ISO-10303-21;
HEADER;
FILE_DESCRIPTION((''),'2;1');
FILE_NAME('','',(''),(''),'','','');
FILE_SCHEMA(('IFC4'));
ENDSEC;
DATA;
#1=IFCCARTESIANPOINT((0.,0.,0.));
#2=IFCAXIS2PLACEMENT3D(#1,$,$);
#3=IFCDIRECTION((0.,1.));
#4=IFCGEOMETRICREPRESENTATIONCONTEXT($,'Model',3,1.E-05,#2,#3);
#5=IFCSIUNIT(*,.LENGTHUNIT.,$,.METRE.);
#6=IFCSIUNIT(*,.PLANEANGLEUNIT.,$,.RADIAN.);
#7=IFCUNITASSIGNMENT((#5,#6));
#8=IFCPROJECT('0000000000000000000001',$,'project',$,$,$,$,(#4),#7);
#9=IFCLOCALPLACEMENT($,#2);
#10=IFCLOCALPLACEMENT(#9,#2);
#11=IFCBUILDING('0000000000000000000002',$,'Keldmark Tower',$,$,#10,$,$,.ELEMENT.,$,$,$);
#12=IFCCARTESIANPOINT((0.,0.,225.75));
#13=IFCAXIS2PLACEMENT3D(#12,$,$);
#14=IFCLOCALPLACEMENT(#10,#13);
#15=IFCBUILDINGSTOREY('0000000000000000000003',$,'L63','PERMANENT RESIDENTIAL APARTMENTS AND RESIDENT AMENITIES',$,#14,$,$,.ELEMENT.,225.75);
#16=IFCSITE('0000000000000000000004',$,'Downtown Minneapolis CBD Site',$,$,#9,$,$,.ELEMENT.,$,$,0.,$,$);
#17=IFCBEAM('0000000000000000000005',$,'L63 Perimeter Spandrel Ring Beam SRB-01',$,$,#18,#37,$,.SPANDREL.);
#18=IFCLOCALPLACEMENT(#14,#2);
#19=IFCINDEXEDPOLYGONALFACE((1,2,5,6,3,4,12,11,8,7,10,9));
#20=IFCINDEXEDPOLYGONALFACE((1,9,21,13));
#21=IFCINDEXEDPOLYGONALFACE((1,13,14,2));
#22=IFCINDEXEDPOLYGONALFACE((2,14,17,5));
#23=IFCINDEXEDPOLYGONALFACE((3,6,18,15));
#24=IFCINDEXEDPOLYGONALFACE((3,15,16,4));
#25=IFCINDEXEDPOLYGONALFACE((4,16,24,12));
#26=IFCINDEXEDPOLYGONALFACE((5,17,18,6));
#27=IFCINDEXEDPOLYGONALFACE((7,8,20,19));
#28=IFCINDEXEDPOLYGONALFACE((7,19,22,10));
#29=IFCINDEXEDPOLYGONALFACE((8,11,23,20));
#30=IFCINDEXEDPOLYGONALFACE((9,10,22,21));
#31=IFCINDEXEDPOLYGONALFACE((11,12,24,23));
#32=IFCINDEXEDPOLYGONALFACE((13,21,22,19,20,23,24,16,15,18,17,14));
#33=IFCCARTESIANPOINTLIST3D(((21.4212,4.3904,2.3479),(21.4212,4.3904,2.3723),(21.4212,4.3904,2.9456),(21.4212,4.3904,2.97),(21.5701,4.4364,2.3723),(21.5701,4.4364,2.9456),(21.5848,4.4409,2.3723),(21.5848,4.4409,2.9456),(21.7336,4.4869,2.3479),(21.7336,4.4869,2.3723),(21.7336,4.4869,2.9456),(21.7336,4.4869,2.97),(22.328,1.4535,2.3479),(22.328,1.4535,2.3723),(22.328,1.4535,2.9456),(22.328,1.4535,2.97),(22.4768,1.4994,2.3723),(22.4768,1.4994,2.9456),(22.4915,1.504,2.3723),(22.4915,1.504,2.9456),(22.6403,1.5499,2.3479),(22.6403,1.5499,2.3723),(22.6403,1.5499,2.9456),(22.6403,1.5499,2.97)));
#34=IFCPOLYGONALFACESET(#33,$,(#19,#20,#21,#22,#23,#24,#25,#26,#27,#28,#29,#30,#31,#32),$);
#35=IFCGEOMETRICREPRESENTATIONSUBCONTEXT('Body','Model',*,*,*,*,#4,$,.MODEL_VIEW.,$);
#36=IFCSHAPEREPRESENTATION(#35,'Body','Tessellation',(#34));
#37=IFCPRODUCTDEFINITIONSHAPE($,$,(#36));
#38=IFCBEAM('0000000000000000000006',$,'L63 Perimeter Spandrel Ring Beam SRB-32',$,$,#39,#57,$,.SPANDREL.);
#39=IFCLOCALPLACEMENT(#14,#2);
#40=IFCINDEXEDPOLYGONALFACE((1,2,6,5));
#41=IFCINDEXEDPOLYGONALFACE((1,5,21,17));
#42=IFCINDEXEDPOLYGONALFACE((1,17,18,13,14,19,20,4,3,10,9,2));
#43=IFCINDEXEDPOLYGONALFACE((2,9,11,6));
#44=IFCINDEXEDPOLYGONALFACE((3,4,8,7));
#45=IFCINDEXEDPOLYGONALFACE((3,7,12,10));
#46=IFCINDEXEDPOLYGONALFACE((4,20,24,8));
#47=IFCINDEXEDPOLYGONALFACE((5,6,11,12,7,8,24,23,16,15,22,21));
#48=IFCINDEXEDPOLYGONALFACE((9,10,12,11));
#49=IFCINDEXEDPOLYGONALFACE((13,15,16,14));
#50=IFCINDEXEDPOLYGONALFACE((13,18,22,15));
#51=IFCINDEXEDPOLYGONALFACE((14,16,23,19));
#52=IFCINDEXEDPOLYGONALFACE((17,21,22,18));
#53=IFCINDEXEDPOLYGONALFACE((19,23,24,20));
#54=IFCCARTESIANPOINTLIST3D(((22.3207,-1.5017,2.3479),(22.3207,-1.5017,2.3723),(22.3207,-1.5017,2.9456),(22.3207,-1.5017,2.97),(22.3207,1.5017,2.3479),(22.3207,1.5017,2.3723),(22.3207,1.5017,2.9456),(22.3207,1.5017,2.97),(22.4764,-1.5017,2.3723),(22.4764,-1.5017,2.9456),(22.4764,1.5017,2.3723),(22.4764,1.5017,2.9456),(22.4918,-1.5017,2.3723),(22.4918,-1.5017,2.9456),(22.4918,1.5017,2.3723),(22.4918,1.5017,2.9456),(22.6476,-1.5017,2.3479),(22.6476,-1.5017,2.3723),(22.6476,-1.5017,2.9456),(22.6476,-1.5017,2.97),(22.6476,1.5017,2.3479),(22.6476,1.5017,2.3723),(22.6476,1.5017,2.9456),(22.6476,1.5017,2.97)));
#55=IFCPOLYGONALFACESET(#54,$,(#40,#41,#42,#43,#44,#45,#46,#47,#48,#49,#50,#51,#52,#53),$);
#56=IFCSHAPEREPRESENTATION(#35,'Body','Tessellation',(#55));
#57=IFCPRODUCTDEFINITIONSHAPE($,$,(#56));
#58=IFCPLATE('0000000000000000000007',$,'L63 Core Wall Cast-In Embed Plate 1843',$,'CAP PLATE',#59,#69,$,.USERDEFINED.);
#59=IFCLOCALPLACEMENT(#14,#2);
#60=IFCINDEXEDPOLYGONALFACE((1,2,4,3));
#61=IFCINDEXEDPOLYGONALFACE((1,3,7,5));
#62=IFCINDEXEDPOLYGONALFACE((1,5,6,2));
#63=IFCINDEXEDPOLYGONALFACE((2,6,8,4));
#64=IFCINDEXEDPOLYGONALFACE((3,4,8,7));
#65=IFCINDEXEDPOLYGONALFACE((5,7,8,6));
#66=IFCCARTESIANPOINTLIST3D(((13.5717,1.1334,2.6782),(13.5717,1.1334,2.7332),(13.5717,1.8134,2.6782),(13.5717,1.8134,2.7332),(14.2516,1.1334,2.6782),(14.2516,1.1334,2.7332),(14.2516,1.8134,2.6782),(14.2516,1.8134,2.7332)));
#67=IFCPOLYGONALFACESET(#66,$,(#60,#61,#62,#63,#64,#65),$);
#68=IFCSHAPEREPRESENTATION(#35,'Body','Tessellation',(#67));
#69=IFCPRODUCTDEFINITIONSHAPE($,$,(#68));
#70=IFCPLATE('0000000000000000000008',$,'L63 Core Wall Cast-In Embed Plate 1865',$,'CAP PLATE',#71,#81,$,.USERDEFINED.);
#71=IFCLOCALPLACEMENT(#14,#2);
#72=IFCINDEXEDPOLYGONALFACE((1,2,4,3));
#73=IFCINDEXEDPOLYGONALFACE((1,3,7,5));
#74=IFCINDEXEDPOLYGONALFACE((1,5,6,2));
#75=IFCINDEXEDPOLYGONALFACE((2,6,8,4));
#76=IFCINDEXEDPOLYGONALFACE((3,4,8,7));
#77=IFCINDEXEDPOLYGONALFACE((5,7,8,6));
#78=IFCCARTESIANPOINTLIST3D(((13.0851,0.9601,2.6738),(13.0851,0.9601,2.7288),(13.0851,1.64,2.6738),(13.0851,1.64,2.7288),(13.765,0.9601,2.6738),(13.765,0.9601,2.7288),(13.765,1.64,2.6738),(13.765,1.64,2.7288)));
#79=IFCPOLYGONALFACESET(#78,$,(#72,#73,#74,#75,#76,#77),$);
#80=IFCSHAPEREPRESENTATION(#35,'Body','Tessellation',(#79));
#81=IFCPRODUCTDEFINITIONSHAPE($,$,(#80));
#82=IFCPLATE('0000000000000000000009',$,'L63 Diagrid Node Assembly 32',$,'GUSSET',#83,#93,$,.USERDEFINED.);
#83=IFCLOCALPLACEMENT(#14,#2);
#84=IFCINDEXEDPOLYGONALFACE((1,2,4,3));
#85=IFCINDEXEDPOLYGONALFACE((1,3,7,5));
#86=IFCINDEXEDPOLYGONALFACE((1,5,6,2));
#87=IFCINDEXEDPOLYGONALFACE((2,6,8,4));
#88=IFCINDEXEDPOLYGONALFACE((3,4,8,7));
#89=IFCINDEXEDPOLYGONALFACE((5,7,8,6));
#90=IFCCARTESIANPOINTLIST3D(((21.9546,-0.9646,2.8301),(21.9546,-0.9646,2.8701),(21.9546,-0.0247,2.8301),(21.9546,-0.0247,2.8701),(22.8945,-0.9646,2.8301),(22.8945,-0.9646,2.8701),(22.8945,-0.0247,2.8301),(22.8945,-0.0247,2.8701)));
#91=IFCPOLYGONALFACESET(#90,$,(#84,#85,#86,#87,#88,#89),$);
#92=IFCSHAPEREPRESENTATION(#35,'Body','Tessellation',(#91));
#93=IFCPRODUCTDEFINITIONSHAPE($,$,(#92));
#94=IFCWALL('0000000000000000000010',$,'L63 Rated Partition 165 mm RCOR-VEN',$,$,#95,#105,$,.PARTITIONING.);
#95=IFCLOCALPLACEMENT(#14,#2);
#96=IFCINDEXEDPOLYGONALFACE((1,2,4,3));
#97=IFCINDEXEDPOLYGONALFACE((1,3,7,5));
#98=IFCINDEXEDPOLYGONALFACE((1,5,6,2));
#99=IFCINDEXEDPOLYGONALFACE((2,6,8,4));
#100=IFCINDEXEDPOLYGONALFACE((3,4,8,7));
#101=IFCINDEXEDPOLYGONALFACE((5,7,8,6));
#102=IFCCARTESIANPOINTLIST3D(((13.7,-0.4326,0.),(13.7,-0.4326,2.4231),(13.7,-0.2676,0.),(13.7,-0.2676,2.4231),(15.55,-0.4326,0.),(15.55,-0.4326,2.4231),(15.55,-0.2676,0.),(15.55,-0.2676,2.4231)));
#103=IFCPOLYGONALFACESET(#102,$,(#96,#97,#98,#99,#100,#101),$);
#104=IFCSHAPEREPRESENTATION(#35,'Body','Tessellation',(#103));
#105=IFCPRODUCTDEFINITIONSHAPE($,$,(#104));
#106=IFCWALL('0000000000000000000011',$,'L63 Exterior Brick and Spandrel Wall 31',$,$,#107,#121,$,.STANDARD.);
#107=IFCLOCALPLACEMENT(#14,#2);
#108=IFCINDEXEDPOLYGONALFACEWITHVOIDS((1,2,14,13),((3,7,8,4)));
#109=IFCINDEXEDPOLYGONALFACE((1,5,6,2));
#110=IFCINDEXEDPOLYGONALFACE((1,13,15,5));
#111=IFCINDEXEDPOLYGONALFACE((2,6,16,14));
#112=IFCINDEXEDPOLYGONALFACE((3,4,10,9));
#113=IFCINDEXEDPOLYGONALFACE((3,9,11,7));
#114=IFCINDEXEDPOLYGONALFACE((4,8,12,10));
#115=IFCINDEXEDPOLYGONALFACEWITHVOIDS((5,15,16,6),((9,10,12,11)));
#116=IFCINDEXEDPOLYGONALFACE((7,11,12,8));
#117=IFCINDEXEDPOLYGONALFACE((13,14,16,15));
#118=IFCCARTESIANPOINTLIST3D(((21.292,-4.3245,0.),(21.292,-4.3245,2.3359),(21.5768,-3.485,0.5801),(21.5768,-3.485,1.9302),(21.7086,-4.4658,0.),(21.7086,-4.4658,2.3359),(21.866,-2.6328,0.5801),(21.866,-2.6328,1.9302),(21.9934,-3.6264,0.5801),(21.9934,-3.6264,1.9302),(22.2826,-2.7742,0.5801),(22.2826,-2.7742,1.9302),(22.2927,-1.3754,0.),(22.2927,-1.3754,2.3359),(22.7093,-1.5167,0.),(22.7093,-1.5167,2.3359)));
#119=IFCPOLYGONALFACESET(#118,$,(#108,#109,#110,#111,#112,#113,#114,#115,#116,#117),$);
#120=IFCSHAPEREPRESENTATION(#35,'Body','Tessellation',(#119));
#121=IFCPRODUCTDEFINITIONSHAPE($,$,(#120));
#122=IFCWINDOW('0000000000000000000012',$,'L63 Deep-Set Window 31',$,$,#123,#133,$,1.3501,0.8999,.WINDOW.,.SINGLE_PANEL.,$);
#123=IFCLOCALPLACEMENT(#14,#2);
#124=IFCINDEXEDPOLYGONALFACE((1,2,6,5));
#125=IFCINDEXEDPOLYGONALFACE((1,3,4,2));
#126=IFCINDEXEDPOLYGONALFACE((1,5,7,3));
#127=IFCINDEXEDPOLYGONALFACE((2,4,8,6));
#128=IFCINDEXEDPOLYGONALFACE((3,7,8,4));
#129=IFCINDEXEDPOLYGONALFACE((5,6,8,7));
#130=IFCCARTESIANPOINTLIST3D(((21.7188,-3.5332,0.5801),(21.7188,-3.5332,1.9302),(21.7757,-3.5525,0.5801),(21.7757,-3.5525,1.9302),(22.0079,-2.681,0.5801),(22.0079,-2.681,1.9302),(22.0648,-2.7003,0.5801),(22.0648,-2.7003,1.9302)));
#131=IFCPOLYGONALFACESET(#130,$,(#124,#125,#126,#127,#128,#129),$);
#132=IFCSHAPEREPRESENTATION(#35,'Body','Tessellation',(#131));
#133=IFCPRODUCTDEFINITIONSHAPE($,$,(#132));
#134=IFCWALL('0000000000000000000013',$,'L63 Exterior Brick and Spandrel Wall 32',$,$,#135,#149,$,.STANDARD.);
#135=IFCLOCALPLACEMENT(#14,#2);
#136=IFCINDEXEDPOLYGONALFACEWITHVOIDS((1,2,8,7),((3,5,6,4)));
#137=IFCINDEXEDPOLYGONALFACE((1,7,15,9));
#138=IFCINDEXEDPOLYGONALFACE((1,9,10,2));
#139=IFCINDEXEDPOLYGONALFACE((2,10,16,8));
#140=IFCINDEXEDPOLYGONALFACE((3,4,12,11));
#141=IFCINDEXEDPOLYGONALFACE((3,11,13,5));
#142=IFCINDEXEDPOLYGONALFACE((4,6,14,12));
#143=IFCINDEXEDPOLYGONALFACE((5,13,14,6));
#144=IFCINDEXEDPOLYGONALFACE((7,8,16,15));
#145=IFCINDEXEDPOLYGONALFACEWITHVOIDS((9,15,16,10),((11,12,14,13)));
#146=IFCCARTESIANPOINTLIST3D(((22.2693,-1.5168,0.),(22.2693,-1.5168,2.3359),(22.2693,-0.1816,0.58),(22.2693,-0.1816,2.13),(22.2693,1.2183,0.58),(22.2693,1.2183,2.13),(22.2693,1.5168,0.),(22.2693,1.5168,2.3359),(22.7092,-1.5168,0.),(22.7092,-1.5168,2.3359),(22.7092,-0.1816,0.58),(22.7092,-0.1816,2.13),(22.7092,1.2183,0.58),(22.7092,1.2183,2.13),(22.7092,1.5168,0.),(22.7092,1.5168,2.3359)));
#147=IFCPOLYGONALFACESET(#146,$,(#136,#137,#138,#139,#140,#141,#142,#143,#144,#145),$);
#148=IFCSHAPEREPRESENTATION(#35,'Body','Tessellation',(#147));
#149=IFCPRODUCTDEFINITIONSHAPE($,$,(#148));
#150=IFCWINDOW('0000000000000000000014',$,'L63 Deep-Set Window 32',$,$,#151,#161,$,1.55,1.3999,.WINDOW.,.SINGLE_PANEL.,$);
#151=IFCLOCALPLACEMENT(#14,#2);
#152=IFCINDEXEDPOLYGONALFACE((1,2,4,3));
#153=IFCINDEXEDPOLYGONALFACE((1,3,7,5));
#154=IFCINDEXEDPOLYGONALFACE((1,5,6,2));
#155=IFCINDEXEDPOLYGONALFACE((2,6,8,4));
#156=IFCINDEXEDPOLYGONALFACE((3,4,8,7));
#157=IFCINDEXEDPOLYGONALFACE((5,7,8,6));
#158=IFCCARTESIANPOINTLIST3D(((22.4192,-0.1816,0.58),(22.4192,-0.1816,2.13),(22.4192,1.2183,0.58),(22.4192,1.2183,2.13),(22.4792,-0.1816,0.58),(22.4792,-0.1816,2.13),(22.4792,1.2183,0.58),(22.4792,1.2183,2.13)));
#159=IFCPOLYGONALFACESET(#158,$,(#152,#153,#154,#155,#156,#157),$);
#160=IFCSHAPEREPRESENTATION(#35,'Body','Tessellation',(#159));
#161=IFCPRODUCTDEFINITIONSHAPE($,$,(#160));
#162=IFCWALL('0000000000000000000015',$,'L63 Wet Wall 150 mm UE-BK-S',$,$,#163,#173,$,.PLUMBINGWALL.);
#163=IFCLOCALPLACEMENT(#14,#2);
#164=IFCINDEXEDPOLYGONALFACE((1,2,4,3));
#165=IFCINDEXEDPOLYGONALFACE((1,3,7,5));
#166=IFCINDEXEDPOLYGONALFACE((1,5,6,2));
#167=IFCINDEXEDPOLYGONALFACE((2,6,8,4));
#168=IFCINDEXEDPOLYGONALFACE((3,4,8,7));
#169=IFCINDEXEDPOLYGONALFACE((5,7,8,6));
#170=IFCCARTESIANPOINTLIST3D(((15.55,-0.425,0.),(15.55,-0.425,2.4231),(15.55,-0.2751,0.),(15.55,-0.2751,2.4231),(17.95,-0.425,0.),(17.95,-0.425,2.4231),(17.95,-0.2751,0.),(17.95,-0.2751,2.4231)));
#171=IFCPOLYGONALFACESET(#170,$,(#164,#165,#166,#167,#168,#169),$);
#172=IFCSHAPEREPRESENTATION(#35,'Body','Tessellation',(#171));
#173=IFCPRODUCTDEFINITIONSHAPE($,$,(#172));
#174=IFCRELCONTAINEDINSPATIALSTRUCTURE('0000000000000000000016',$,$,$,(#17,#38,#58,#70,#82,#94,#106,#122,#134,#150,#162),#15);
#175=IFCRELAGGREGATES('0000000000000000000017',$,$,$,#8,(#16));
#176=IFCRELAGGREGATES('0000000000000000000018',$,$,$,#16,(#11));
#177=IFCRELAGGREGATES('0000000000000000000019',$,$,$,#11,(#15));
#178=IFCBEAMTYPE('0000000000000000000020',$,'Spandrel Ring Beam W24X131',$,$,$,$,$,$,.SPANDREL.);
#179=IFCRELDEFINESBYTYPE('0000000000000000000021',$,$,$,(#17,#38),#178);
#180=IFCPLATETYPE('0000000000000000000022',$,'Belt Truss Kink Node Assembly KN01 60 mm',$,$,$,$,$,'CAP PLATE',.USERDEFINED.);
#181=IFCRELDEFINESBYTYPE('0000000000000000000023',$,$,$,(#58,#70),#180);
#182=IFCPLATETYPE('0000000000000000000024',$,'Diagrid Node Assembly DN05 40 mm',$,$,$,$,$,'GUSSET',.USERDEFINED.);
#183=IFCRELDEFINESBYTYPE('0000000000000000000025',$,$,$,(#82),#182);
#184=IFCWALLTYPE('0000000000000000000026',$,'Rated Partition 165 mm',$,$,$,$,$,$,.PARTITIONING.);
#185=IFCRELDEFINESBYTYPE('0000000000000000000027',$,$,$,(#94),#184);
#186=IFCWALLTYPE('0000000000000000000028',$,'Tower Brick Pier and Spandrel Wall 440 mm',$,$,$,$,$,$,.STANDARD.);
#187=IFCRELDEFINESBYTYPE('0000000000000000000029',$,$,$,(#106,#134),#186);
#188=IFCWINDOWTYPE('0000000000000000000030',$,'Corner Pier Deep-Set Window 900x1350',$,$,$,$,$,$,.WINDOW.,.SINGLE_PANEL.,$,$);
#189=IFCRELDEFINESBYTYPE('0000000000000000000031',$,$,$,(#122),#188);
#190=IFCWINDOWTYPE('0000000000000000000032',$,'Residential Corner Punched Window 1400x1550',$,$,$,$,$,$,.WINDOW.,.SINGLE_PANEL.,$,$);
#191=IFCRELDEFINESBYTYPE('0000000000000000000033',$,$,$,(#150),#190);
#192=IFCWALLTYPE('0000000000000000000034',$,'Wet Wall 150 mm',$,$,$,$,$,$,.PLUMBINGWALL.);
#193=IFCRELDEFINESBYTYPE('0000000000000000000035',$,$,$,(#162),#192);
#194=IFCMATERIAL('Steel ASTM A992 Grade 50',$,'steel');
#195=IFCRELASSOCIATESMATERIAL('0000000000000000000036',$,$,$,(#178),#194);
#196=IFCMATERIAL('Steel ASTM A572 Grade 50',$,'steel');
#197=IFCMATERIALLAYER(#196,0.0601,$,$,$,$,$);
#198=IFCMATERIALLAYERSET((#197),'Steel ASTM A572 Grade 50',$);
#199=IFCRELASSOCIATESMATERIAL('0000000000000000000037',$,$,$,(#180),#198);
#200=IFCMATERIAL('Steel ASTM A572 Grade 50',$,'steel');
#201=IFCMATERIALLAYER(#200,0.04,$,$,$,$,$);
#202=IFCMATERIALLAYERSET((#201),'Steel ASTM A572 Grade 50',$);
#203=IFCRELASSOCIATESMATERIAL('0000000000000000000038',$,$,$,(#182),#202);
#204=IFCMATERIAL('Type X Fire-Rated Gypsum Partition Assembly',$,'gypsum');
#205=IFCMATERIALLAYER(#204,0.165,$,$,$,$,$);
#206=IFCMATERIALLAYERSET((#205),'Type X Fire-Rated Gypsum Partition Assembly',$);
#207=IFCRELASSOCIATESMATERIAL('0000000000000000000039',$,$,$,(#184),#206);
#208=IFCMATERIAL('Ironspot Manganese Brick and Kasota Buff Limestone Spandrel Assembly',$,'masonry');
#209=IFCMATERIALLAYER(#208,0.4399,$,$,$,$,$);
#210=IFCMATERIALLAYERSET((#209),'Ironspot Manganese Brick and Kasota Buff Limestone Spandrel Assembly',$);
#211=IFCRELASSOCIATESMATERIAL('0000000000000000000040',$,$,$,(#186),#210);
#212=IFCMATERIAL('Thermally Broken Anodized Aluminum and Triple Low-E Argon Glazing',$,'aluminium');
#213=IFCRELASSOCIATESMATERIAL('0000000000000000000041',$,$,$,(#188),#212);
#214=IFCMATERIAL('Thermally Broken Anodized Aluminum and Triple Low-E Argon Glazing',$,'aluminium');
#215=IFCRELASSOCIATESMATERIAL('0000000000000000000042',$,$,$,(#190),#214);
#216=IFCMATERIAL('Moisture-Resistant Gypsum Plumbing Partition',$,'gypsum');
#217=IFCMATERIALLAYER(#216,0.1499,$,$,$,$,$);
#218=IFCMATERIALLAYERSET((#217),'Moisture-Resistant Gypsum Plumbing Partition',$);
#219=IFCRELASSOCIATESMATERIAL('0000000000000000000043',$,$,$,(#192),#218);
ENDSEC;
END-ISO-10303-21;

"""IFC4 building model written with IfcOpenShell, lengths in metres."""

from ifc_helpers import new_model, si_unit, direction, frame, frame_2d, origin, origin_2d, place, context, subcontext, project, spatial, rectangle, i_section, extrude, material, layer, layer_set, material_profile, profile_set, type_object, element, fill, save


model = new_model("IFC4")

# Units and contexts
model_context = context("Model", 3, precision=1e-05, world=origin(), true_north=direction((0.0, 1.0)))
body_context = subcontext(model_context, "Body", "Model", "MODEL_VIEW")
ifc_project = project(units=[si_unit("LENGTHUNIT", "METRE"), si_unit("PLANEANGLEUNIT", "RADIAN")], contexts=[model_context])

# Site, building, storey
site_placement = place(None, origin())
site = spatial("IfcSite", under=ifc_project, at=site_placement, Name="Downtown Minneapolis CBD Site", CompositionType="ELEMENT", RefElevation=0.0)
building_placement = place(site_placement, origin())
building = spatial("IfcBuilding", under=site, at=building_placement, Name="Keldmark Tower", CompositionType="ELEMENT")
storey_placement = place(building_placement, frame((0.0, 0.0, 225.75)))
storey = spatial("IfcBuildingStorey", under=building, at=storey_placement, Name="L63", Description="PERMANENT RESIDENTIAL APARTMENTS AND RESIDENT AMENITIES", CompositionType="ELEMENT", Elevation=225.75)

# Beams
ifc_material_1 = material(Name="Steel ASTM A992 Grade 50", Category="steel")
ifc_material_profile_1 = material_profile(ifc_material_1, i_section(OverallWidth=0.3269, OverallDepth=0.6221, WebThickness=0.0154, FlangeThickness=0.0244, at=origin_2d()), Name="W24X131")
ifc_profile_set_1 = profile_set([ifc_material_profile_1], Name="Steel ASTM A992 Grade 50")
beam_type_1 = type_object("IfcBeamType", Name="Spandrel Ring Beam W24X131", PredefinedType="SPANDREL", material=ifc_profile_set_1)
beam_1_placement = place(storey_placement, frame((22.4841, 1.5017, 2.6589), z_axis=(-0.29499, 0.9555, 0.0), x_axis=(-0.9555, -0.29499, 0.0)))
element("IfcBeam", 1, at=beam_1_placement, inside=storey, type_object=beam_type_1, Name="L63 Perimeter Spandrel Ring Beam SRB-01", PredefinedType="SPANDREL", context=body_context, shape_type="SweptSolid", body=[
    extrude(i_section(OverallWidth=0.3269, OverallDepth=0.6221, WebThickness=0.0154, FlangeThickness=0.0244, at=origin_2d()), origin(), (0.0, 0.0, 1.0), 3.0737),
])
beam_2_placement = place(storey_placement, frame((22.4841, -1.5017, 2.6589), z_axis=(0.0, 1.0, 0.0), x_axis=(-1.0, 0.0, 0.0)))
element("IfcBeam", 2, at=beam_2_placement, inside=storey, type_object=beam_type_1, Name="L63 Perimeter Spandrel Ring Beam SRB-32", PredefinedType="SPANDREL", context=body_context, shape_type="SweptSolid", body=[
    extrude(i_section(OverallWidth=0.3269, OverallDepth=0.6221, WebThickness=0.0154, FlangeThickness=0.0244, at=origin_2d()), origin(), (0.0, 0.0, 1.0), 3.0034),
])

# Plates
ifc_material_2 = material(Name="Steel ASTM A572 Grade 50", Category="steel")
ifc_layer_1 = layer(ifc_material_2, 0.0601)
ifc_layer_set_1 = layer_set([ifc_layer_1], Name="Steel ASTM A572 Grade 50")
plate_type_1 = type_object("IfcPlateType", Name="Belt Truss Kink Node Assembly KN01 60 mm", ElementType="CAP PLATE", PredefinedType="USERDEFINED", material=ifc_layer_set_1)
for number, where, z_axis, x_axis, name in (
    (3, (13.9116, 1.4734, 2.6782), (0.0, 0.0, 1.0), (1.0, 0.0, 0.0), "L63 Core Wall Cast-In Embed Plate 1843"),
    (4, (13.425, 1.3, 2.6738), (0.0, 0.0, 1.0), (1.0, 0.0, 0.0), "L63 Core Wall Cast-In Embed Plate 1865"),
):
    element("IfcPlate", number, at=place(storey_placement, frame(where, z_axis=z_axis, x_axis=x_axis)), inside=storey, type_object=plate_type_1, Name=name, ObjectType="CAP PLATE", PredefinedType="USERDEFINED", context=body_context, shape_type="SweptSolid", body=[
        extrude(rectangle(XDim=0.6799, YDim=0.6799, at=origin_2d()), origin(), (0.0, 0.0, 1.0), 0.0549),
    ])
ifc_material_3 = material(Name="Steel ASTM A572 Grade 50", Category="steel")
ifc_layer_2 = layer(ifc_material_3, 0.04)
ifc_layer_set_2 = layer_set([ifc_layer_2], Name="Steel ASTM A572 Grade 50")
plate_type_2 = type_object("IfcPlateType", Name="Diagrid Node Assembly DN05 40 mm", ElementType="GUSSET", PredefinedType="USERDEFINED", material=ifc_layer_set_2)
plate_placement = place(storey_placement, frame((22.4246, -0.4946, 2.8301), z_axis=(0.0, 0.0, 1.0), x_axis=(0.0, 1.0, 0.0)))
element("IfcPlate", 5, at=plate_placement, inside=storey, type_object=plate_type_2, Name="L63 Diagrid Node Assembly 32", ObjectType="GUSSET", PredefinedType="USERDEFINED", context=body_context, shape_type="SweptSolid", body=[
    extrude(rectangle(XDim=0.9399, YDim=0.9399, at=origin_2d()), origin(), (0.0, 0.0, 1.0), 0.04),
])

# Shared definitions
ifc_material_4 = material(Name="Type X Fire-Rated Gypsum Partition Assembly", Category="gypsum")
ifc_layer_3 = layer(ifc_material_4, 0.165)
ifc_layer_set_3 = layer_set([ifc_layer_3], Name="Type X Fire-Rated Gypsum Partition Assembly")
wall_type_1 = type_object("IfcWallType", Name="Rated Partition 165 mm", PredefinedType="PARTITIONING", material=ifc_layer_set_3)

# Wall
wall_1_placement = place(storey_placement, frame((13.7, -0.3501, 0.0), z_axis=(0.0, 0.0, 1.0), x_axis=(1.0, 0.0, 0.0)))
element("IfcWall", 6, at=wall_1_placement, inside=storey, type_object=wall_type_1, Name="L63 Rated Partition 165 mm RCOR-VEN", PredefinedType="PARTITIONING", context=body_context, shape_type="SweptSolid", body=[
    extrude(rectangle(XDim=1.8501, YDim=0.165, at=frame_2d((0.925, 0.0))), origin(), (0.0, 0.0, 1.0), 2.4231),
])

# Walls, openings, windows
ifc_material_5 = material(Name="Ironspot Manganese Brick and Kasota Buff Limestone Spandrel Assembly", Category="masonry")
ifc_layer_4 = layer(ifc_material_5, 0.4399)
ifc_layer_set_4 = layer_set([ifc_layer_4], Name="Ironspot Manganese Brick and Kasota Buff Limestone Spandrel Assembly")
wall_type_2 = type_object("IfcWallType", Name="Tower Brick Pier and Spandrel Wall 440 mm", PredefinedType="STANDARD", material=ifc_layer_set_4)
wall_2_placement = place(storey_placement, frame((22.501, -1.446, 0.0), z_axis=(0.0, 0.0, 1.0), x_axis=(-0.321326, -0.946968, 0.0)))
wall_2 = element("IfcWall", 7, at=wall_2_placement, inside=storey, type_object=wall_type_2, Name="L63 Exterior Brick and Spandrel Wall 31", PredefinedType="STANDARD", context=body_context, shape_type="SweptSolid", body=[
    extrude(rectangle(XDim=3.1143, YDim=0.4399, at=frame_2d((1.5571, 0.0))), origin(), (0.0, 0.0, 1.0), 2.3359),
])
opening_1_placement = place(wall_2_placement, frame((1.3279, 0.0, 0.5801)))
opening_1 = element("IfcOpeningElement", 8, at=opening_1_placement, cuts=wall_2, PredefinedType="OPENING", context=body_context, shape_type="SweptSolid", body=[
    extrude(rectangle(XDim=0.8999, YDim=1.3501, at=frame_2d((0.45, 0.675))), frame((0.0, 0.23, 0.0), z_axis=(0.0, -1.0, 0.0), x_axis=(1.0, 0.0, 0.0)), (0.0, 0.0, 1.0), 0.46),
])
ifc_material_6 = material(Name="Thermally Broken Anodized Aluminum and Triple Low-E Argon Glazing", Category="aluminium")
window_type_1 = type_object("IfcWindowType", Name="Corner Pier Deep-Set Window 900x1350", PartitioningType="SINGLE_PANEL", PredefinedType="WINDOW", material=ifc_material_6)
window_1_placement = place(opening_1_placement, origin())
window_1 = element("IfcWindow", 9, at=window_1_placement, inside=storey, type_object=window_type_1, Name="L63 Deep-Set Window 31", OverallHeight=1.3501, OverallWidth=0.8999, PartitioningType="SINGLE_PANEL", PredefinedType="WINDOW", context=body_context, shape_type="SweptSolid", body=[
    extrude(rectangle(XDim=0.8999, YDim=1.3501, at=frame_2d((0.45, 0.675))), frame((0.0, -0.01, 0.0), z_axis=(0.0, -1.0, 0.0), x_axis=(1.0, 0.0, 0.0)), (0.0, 0.0, 1.0), 0.0601),
])
fill(opening_1, window_1)
wall_3_placement = place(storey_placement, frame((22.4893, 1.5168, 0.0), z_axis=(0.0, 0.0, 1.0), x_axis=(0.0, -1.0, 0.0)))
wall_3 = element("IfcWall", 10, at=wall_3_placement, inside=storey, type_object=wall_type_2, Name="L63 Exterior Brick and Spandrel Wall 32", PredefinedType="STANDARD", context=body_context, shape_type="SweptSolid", body=[
    extrude(rectangle(XDim=3.0337, YDim=0.4399, at=frame_2d((1.5168, 0.0))), origin(), (0.0, 0.0, 1.0), 2.3359),
])
opening_2_placement = place(wall_3_placement, frame((0.2986, 0.0, 0.5801)))
opening_2 = element("IfcOpeningElement", 11, at=opening_2_placement, cuts=wall_3, PredefinedType="OPENING", context=body_context, shape_type="SweptSolid", body=[
    extrude(rectangle(XDim=1.3999, YDim=1.55, at=frame_2d((0.7, 0.7749))), frame((0.0, 0.23, 0.0), z_axis=(0.0, -1.0, 0.0), x_axis=(1.0, 0.0, 0.0)), (0.0, 0.0, 1.0), 0.46),
])
ifc_material_7 = material(Name="Thermally Broken Anodized Aluminum and Triple Low-E Argon Glazing", Category="aluminium")
window_type_2 = type_object("IfcWindowType", Name="Residential Corner Punched Window 1400x1550", PartitioningType="SINGLE_PANEL", PredefinedType="WINDOW", material=ifc_material_7)
window_2_placement = place(opening_2_placement, origin())
window_2 = element("IfcWindow", 12, at=window_2_placement, inside=storey, type_object=window_type_2, Name="L63 Deep-Set Window 32", OverallHeight=1.55, OverallWidth=1.3999, PartitioningType="SINGLE_PANEL", PredefinedType="WINDOW", context=body_context, shape_type="SweptSolid", body=[
    extrude(rectangle(XDim=1.3999, YDim=1.55, at=frame_2d((0.7, 0.7749))), frame((0.0, -0.01, 0.0), z_axis=(0.0, -1.0, 0.0), x_axis=(1.0, 0.0, 0.0)), (0.0, 0.0, 1.0), 0.0601),
])
fill(opening_2, window_2)

# Wall
ifc_material_8 = material(Name="Moisture-Resistant Gypsum Plumbing Partition", Category="gypsum")
ifc_layer_5 = layer(ifc_material_8, 0.1499)
ifc_layer_set_5 = layer_set([ifc_layer_5], Name="Moisture-Resistant Gypsum Plumbing Partition")
wall_type_3 = type_object("IfcWallType", Name="Wet Wall 150 mm", PredefinedType="PLUMBINGWALL", material=ifc_layer_set_5)
wall_4_placement = place(storey_placement, frame((15.55, -0.3501, 0.0), z_axis=(0.0, 0.0, 1.0), x_axis=(1.0, 0.0, 0.0)))
element("IfcWall", 13, at=wall_4_placement, inside=storey, type_object=wall_type_3, Name="L63 Wet Wall 150 mm UE-BK-S", PredefinedType="PLUMBINGWALL", context=body_context, shape_type="SweptSolid", body=[
    extrude(rectangle(XDim=2.3999, YDim=0.1499, at=frame_2d((1.2, 0.0))), origin(), (0.0, 0.0, 1.0), 2.4231),
])

save(model, "model.ifc")
